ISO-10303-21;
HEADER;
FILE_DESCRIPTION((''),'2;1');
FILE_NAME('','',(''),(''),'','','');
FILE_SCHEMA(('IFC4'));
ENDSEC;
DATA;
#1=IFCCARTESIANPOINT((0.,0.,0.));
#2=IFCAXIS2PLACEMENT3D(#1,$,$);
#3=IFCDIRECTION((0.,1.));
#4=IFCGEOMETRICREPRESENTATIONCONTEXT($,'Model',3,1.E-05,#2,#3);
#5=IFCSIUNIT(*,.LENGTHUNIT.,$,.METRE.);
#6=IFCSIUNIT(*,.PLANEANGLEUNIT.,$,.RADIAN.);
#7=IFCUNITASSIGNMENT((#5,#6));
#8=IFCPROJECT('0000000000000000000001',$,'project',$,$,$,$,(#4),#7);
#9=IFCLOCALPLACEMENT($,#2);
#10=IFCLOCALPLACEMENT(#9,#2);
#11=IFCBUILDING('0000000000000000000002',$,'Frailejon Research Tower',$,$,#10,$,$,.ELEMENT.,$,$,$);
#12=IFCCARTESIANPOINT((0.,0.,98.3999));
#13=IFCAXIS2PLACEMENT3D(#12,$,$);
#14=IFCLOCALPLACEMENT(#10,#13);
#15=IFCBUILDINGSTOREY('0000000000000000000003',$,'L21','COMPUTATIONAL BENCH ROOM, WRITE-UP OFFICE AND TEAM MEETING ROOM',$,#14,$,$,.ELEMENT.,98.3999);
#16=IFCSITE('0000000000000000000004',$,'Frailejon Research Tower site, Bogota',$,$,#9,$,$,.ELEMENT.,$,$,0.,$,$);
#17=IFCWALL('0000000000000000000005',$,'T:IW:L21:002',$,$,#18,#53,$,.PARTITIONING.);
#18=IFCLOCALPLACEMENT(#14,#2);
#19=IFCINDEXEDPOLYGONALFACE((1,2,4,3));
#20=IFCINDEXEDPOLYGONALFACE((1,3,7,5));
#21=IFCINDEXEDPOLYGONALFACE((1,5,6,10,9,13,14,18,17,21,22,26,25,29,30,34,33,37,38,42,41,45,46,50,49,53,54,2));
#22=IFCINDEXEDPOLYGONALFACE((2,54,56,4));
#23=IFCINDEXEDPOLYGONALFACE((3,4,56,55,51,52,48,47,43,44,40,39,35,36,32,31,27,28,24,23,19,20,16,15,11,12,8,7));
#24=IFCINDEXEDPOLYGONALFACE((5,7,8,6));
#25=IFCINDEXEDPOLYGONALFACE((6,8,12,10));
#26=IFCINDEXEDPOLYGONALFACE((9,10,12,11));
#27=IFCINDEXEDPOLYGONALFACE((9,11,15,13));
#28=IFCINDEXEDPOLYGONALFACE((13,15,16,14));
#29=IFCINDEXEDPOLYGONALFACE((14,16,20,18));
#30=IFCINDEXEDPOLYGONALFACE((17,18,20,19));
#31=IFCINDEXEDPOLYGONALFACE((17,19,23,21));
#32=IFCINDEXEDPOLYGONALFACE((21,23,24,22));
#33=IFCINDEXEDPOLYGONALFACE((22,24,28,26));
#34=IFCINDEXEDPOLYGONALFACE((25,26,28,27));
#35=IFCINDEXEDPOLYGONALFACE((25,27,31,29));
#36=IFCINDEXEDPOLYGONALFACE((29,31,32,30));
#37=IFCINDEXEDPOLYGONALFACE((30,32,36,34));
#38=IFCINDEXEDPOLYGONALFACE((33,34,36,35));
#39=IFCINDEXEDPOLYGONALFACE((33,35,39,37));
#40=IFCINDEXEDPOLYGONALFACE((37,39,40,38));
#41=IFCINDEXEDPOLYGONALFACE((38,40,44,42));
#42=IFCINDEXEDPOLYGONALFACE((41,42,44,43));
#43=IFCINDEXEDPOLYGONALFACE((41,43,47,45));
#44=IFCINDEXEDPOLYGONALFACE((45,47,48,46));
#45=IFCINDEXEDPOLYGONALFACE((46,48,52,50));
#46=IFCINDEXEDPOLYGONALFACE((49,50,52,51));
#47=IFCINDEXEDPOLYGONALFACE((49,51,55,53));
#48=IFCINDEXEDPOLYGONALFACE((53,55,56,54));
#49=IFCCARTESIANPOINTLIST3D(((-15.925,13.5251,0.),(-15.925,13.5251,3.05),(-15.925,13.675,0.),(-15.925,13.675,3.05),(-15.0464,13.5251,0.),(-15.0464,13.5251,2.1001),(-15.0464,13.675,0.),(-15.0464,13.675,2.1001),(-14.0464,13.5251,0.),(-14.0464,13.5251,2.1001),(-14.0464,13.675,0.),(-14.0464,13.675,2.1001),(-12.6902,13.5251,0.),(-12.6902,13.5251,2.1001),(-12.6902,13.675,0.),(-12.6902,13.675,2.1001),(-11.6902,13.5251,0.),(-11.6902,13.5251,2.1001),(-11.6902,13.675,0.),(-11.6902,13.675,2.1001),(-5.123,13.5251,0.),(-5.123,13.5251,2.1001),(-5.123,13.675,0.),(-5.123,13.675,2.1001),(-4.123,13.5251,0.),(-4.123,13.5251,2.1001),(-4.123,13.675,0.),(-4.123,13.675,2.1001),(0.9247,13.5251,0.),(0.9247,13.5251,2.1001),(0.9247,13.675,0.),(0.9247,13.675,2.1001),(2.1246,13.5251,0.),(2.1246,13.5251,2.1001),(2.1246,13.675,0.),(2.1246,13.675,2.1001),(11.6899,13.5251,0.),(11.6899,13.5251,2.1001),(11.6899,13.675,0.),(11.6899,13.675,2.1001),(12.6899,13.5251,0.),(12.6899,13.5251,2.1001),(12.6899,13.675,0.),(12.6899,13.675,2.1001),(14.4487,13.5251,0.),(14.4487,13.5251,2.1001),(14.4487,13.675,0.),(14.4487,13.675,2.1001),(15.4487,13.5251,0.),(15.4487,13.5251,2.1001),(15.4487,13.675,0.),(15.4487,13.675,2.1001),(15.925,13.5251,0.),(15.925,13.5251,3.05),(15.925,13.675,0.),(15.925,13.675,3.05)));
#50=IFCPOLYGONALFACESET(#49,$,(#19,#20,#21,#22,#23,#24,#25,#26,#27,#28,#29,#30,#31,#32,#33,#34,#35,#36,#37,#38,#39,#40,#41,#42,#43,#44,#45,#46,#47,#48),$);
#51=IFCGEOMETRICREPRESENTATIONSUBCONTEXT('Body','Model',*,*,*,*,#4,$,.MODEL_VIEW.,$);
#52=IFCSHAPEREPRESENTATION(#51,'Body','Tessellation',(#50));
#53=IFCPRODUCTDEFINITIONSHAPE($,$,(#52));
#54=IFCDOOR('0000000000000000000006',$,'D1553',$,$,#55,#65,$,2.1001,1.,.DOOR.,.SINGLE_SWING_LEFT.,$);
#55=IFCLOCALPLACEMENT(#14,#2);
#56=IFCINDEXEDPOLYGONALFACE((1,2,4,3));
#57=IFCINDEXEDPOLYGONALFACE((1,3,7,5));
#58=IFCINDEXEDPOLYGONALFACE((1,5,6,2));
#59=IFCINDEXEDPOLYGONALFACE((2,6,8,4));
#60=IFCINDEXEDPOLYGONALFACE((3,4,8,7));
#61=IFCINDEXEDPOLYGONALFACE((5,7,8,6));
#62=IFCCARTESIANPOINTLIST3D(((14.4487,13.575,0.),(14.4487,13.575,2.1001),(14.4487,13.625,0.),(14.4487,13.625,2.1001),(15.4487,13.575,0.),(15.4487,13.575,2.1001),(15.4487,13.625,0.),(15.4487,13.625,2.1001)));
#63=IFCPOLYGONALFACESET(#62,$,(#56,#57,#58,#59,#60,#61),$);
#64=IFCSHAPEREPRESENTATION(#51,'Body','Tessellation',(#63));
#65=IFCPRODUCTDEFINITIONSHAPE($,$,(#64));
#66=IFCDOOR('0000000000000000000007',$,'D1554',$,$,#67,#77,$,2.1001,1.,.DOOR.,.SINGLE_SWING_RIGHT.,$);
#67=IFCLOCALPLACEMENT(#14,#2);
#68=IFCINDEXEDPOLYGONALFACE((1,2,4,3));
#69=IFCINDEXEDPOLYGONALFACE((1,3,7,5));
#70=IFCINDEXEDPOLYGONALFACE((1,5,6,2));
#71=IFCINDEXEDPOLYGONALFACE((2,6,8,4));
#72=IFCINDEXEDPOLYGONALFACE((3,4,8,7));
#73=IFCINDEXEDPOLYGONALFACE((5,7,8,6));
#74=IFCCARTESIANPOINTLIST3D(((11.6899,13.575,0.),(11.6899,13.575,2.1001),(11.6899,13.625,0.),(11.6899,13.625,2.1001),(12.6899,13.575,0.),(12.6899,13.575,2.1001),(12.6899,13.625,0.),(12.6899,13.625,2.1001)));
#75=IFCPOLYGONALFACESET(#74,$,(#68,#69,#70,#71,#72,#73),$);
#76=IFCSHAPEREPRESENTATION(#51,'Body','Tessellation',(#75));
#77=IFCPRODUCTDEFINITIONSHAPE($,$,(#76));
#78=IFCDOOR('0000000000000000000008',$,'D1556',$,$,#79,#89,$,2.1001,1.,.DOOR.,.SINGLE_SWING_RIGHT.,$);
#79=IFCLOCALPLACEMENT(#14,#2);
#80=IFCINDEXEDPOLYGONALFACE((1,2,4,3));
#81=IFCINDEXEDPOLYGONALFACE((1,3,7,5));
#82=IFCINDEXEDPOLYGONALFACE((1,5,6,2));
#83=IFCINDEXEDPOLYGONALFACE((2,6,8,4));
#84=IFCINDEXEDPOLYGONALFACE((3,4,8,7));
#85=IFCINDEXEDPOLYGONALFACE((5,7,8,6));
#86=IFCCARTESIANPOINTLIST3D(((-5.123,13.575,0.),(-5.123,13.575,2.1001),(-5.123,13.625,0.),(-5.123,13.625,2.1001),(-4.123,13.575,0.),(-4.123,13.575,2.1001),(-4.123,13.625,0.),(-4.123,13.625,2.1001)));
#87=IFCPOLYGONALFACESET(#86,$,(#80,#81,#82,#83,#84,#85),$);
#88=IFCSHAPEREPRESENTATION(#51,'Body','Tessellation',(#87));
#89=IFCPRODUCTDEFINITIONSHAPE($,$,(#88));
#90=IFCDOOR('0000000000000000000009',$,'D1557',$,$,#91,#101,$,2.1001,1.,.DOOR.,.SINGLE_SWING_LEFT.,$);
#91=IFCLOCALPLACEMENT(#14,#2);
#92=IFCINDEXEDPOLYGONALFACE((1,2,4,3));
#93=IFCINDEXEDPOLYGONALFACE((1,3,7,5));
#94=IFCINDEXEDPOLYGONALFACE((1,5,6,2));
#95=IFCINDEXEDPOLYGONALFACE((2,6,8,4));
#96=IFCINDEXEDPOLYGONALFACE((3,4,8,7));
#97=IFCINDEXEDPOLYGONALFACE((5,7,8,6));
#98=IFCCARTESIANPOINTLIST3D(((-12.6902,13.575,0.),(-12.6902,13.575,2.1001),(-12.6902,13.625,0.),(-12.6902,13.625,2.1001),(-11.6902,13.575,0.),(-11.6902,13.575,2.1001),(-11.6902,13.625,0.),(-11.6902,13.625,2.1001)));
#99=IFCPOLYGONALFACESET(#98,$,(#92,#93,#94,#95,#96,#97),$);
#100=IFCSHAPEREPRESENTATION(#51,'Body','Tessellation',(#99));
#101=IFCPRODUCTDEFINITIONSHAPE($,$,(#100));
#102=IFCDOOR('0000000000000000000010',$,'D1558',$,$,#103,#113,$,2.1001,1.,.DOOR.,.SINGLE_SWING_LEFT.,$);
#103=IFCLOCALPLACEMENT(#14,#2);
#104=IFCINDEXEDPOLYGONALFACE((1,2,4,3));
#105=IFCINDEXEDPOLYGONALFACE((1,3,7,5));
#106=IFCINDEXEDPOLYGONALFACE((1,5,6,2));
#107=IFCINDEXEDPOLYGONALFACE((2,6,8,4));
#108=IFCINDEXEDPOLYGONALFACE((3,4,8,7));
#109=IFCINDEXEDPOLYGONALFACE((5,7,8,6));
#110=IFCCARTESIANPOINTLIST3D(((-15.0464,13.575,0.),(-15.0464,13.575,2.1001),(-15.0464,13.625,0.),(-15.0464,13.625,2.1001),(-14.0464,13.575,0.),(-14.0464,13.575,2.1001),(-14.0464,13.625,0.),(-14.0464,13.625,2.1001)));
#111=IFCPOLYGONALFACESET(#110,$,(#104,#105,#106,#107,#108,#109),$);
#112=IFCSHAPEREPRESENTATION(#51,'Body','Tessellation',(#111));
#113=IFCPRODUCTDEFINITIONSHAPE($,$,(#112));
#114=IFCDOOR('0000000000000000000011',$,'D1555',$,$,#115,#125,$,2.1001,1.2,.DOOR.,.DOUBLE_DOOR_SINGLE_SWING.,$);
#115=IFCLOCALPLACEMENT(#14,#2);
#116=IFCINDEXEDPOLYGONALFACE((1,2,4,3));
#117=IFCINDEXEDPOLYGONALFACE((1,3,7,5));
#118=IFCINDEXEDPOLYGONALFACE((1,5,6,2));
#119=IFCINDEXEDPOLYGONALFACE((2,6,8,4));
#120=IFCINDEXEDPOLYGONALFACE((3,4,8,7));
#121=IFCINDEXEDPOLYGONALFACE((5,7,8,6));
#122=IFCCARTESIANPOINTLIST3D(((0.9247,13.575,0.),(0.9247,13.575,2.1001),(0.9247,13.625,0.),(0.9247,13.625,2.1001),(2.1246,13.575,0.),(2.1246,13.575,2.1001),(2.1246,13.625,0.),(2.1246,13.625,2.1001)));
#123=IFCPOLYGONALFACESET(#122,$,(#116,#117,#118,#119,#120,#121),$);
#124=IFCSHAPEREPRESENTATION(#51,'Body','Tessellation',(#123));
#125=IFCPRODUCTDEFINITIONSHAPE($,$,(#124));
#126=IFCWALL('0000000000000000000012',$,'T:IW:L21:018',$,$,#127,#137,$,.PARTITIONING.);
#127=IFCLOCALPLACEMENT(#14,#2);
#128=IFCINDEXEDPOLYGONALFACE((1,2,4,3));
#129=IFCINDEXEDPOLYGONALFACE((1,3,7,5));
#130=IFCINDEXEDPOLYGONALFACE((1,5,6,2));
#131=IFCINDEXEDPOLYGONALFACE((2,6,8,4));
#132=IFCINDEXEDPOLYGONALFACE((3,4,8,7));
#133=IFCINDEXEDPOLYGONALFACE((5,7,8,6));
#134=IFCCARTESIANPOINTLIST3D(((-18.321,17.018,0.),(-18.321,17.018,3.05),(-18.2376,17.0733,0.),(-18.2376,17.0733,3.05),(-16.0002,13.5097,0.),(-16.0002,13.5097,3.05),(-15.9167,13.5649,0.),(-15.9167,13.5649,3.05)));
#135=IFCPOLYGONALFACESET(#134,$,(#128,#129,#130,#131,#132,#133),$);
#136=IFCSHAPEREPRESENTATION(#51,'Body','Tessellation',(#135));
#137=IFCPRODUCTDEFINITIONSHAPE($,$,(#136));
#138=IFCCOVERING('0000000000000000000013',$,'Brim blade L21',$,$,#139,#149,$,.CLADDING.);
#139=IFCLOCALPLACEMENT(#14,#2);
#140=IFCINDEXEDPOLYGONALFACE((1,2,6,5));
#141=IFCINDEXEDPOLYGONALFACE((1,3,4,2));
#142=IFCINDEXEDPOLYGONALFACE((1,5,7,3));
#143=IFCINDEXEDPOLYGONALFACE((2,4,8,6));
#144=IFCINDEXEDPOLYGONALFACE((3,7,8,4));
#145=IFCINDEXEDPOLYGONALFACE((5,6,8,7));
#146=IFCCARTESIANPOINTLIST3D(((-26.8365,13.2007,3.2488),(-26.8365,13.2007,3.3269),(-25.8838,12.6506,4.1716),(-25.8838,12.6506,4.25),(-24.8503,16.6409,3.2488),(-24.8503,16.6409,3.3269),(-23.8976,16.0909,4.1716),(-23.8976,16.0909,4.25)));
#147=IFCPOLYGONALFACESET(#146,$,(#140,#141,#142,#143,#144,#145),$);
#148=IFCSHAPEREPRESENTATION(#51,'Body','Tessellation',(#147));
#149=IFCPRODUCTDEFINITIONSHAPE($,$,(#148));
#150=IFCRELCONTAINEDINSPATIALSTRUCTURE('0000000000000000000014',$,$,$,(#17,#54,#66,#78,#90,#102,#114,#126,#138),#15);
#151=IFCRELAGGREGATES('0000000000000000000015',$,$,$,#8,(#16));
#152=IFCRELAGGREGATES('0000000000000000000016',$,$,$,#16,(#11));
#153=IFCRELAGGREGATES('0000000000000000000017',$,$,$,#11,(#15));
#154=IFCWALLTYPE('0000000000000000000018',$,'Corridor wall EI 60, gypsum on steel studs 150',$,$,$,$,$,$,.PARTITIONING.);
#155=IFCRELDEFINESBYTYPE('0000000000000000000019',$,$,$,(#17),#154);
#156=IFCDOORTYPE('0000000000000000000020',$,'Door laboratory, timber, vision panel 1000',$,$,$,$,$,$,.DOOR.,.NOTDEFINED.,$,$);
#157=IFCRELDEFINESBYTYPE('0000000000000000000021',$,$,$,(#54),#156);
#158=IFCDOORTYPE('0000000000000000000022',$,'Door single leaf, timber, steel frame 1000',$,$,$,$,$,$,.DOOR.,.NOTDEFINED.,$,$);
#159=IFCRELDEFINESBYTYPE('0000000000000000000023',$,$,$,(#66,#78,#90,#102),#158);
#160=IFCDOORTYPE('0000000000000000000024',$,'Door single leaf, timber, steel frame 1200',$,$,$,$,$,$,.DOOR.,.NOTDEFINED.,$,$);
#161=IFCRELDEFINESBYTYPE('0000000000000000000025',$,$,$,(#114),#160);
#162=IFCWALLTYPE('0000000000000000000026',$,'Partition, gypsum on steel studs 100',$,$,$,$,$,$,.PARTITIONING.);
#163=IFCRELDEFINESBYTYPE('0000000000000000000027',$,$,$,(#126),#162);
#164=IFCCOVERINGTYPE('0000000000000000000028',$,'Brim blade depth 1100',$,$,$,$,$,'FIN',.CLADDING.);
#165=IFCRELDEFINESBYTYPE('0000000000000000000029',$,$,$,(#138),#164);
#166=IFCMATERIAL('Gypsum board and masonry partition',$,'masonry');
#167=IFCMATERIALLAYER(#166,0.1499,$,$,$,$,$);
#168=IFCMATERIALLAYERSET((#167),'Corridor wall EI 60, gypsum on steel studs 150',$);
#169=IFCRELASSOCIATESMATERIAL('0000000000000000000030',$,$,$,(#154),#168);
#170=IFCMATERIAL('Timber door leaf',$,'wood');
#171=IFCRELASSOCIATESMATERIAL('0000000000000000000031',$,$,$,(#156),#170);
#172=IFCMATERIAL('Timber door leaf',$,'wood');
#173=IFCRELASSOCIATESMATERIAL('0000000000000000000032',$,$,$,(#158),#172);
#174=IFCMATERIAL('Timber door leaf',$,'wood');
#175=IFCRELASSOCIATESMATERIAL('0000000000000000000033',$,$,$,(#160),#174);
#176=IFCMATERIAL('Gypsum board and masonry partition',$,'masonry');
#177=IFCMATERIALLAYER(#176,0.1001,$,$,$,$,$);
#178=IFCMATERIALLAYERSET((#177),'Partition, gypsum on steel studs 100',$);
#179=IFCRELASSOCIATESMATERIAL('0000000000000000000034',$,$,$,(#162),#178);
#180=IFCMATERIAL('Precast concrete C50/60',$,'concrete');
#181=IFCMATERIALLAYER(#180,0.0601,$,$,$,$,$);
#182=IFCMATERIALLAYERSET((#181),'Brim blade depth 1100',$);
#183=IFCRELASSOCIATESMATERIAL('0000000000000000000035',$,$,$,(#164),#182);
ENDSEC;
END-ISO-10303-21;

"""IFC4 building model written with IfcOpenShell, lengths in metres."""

from ifc_helpers import new_model, si_unit, direction, frame, frame_2d, origin, place, context, subcontext, project, spatial, polyline, rectangle, outline, extrude, material, layer, layer_set, type_object, element, fill, save


model = new_model("IFC4")

# Units and contexts
model_context = context("Model", 3, precision=1e-05, world=origin(), true_north=direction((0.0, 1.0)))
body_context = subcontext(model_context, "Body", "Model", "MODEL_VIEW")
ifc_project = project(units=[si_unit("LENGTHUNIT", "METRE"), si_unit("PLANEANGLEUNIT", "RADIAN")], contexts=[model_context])

# Site, building, storey
site_placement = place(None, origin())
site = spatial("IfcSite", under=ifc_project, at=site_placement, Name="Frailejon Research Tower site, Bogota", CompositionType="ELEMENT", RefElevation=0.0)
building_placement = place(site_placement, origin())
building = spatial("IfcBuilding", under=site, at=building_placement, Name="Frailejon Research Tower", CompositionType="ELEMENT")
storey_placement = place(building_placement, frame((0.0, 0.0, 98.3999)))
storey = spatial("IfcBuildingStorey", under=building, at=storey_placement, Name="L21", Description="COMPUTATIONAL BENCH ROOM, WRITE-UP OFFICE AND TEAM MEETING ROOM", CompositionType="ELEMENT", Elevation=98.3999)

# Wall, openings, doors
ifc_material_1 = material(Name="Gypsum board and masonry partition", Category="masonry")
ifc_layer_1 = layer(ifc_material_1, 0.1499)
ifc_layer_set_1 = layer_set([ifc_layer_1], Name="Corridor wall EI 60, gypsum on steel studs 150")
wall_type_1 = type_object("IfcWallType", Name="Corridor wall EI 60, gypsum on steel studs 150", PredefinedType="PARTITIONING", material=ifc_layer_set_1)
wall_1_placement = place(storey_placement, frame((-15.925, 13.6001, 0.0), z_axis=(0.0, 0.0, 1.0), x_axis=(1.0, 0.0, 0.0)))
wall_1 = element("IfcWall", 1, at=wall_1_placement, inside=storey, type_object=wall_type_1, Name="T:IW:L21:002", PredefinedType="PARTITIONING", context=body_context, shape_type="SweptSolid", body=[
    extrude(rectangle(XDim=31.8501, YDim=0.1499, at=frame_2d((15.925, 0.0))), origin(), (0.0, 0.0, 1.0), 3.05),
])
opening_1_placement = place(wall_1_placement, frame((30.3738, 0.0, 0.0)))
opening_1 = element("IfcOpeningElement", 2, at=opening_1_placement, cuts=wall_1, PredefinedType="OPENING", context=body_context, shape_type="SweptSolid", body=[
    extrude(rectangle(XDim=1.0, YDim=2.1001, at=frame_2d((0.5, 1.05))), frame((0.0, 0.085, 0.0), z_axis=(0.0, -1.0, 0.0), x_axis=(1.0, 0.0, 0.0)), (0.0, 0.0, 1.0), 0.1699),
])
opening_2_placement = place(wall_1_placement, frame((27.615, 0.0, 0.0)))
opening_2 = element("IfcOpeningElement", 3, at=opening_2_placement, cuts=wall_1, PredefinedType="OPENING", context=body_context, shape_type="SweptSolid", body=[
    extrude(rectangle(XDim=1.0, YDim=2.1001, at=frame_2d((0.5, 1.05))), frame((0.0, 0.085, 0.0), z_axis=(0.0, -1.0, 0.0), x_axis=(1.0, 0.0, 0.0)), (0.0, 0.0, 1.0), 0.1699),
])
opening_3_placement = place(wall_1_placement, frame((16.8496, 0.0, 0.0)))
opening_3 = element("IfcOpeningElement", 4, at=opening_3_placement, cuts=wall_1, PredefinedType="OPENING", context=body_context, shape_type="SweptSolid", body=[
    extrude(rectangle(XDim=1.2, YDim=2.1001, at=frame_2d((0.6001, 1.05))), frame((0.0, 0.085, 0.0), z_axis=(0.0, -1.0, 0.0), x_axis=(1.0, 0.0, 0.0)), (0.0, 0.0, 1.0), 0.1699),
])
opening_4_placement = place(wall_1_placement, frame((10.802, 0.0, 0.0)))
opening_4 = element("IfcOpeningElement", 5, at=opening_4_placement, cuts=wall_1, PredefinedType="OPENING", context=body_context, shape_type="SweptSolid", body=[
    extrude(rectangle(XDim=1.0, YDim=2.1001, at=frame_2d((0.5, 1.05))), frame((0.0, 0.085, 0.0), z_axis=(0.0, -1.0, 0.0), x_axis=(1.0, 0.0, 0.0)), (0.0, 0.0, 1.0), 0.1699),
])
opening_5_placement = place(wall_1_placement, frame((3.2349, 0.0, 0.0)))
opening_5 = element("IfcOpeningElement", 6, at=opening_5_placement, cuts=wall_1, PredefinedType="OPENING", context=body_context, shape_type="SweptSolid", body=[
    extrude(rectangle(XDim=1.0, YDim=2.1001, at=frame_2d((0.5, 1.05))), frame((0.0, 0.085, 0.0), z_axis=(0.0, -1.0, 0.0), x_axis=(1.0, 0.0, 0.0)), (0.0, 0.0, 1.0), 0.1699),
])
opening_6_placement = place(wall_1_placement, frame((0.8787, 0.0, 0.0)))
opening_6 = element("IfcOpeningElement", 7, at=opening_6_placement, cuts=wall_1, PredefinedType="OPENING", context=body_context, shape_type="SweptSolid", body=[
    extrude(rectangle(XDim=1.0, YDim=2.1001, at=frame_2d((0.5, 1.05))), frame((0.0, 0.085, 0.0), z_axis=(0.0, -1.0, 0.0), x_axis=(1.0, 0.0, 0.0)), (0.0, 0.0, 1.0), 0.1699),
])
ifc_material_2 = material(Name="Timber door leaf", Category="wood")
door_type_1 = type_object("IfcDoorType", Name="Door laboratory, timber, vision panel 1000", OperationType="NOTDEFINED", PredefinedType="DOOR", material=ifc_material_2)
door_1_placement = place(opening_1_placement, origin())
door_1 = element("IfcDoor", 8, at=door_1_placement, inside=storey, type_object=door_type_1, Name="D1553", OperationType="SINGLE_SWING_LEFT", OverallHeight=2.1001, OverallWidth=1.0, PredefinedType="DOOR", context=body_context, shape_type="SweptSolid", body=[
    extrude(rectangle(XDim=1.0, YDim=2.1001, at=frame_2d((0.5, 1.05))), frame((0.0, 0.0249, 0.0), z_axis=(0.0, -1.0, 0.0), x_axis=(1.0, 0.0, 0.0)), (0.0, 0.0, 1.0), 0.05),
])
fill(opening_1, door_1)
ifc_material_3 = material(Name="Timber door leaf", Category="wood")
door_type_2 = type_object("IfcDoorType", Name="Door single leaf, timber, steel frame 1000", OperationType="NOTDEFINED", PredefinedType="DOOR", material=ifc_material_3)
door_2_placement = place(opening_2_placement, origin())
door_2 = element("IfcDoor", 9, at=door_2_placement, inside=storey, type_object=door_type_2, Name="D1554", OperationType="SINGLE_SWING_RIGHT", OverallHeight=2.1001, OverallWidth=1.0, PredefinedType="DOOR", context=body_context, shape_type="SweptSolid", body=[
    extrude(rectangle(XDim=1.0, YDim=2.1001, at=frame_2d((0.5, 1.05))), frame((0.0, 0.0249, 0.0), z_axis=(0.0, -1.0, 0.0), x_axis=(1.0, 0.0, 0.0)), (0.0, 0.0, 1.0), 0.05),
])
fill(opening_2, door_2)
door_3_placement = place(opening_4_placement, origin())
door_3 = element("IfcDoor", 10, at=door_3_placement, inside=storey, type_object=door_type_2, Name="D1556", OperationType="SINGLE_SWING_RIGHT", OverallHeight=2.1001, OverallWidth=1.0, PredefinedType="DOOR", context=body_context, shape_type="SweptSolid", body=[
    extrude(rectangle(XDim=1.0, YDim=2.1001, at=frame_2d((0.5, 1.05))), frame((0.0, 0.0249, 0.0), z_axis=(0.0, -1.0, 0.0), x_axis=(1.0, 0.0, 0.0)), (0.0, 0.0, 1.0), 0.05),
])
fill(opening_4, door_3)
door_4_placement = place(opening_5_placement, origin())
door_4 = element("IfcDoor", 11, at=door_4_placement, inside=storey, type_object=door_type_2, Name="D1557", OperationType="SINGLE_SWING_LEFT", OverallHeight=2.1001, OverallWidth=1.0, PredefinedType="DOOR", context=body_context, shape_type="SweptSolid", body=[
    extrude(rectangle(XDim=1.0, YDim=2.1001, at=frame_2d((0.5, 1.05))), frame((0.0, 0.0249, 0.0), z_axis=(0.0, -1.0, 0.0), x_axis=(1.0, 0.0, 0.0)), (0.0, 0.0, 1.0), 0.05),
])
fill(opening_5, door_4)
door_5_placement = place(opening_6_placement, origin())
door_5 = element("IfcDoor", 12, at=door_5_placement, inside=storey, type_object=door_type_2, Name="D1558", OperationType="SINGLE_SWING_LEFT", OverallHeight=2.1001, OverallWidth=1.0, PredefinedType="DOOR", context=body_context, shape_type="SweptSolid", body=[
    extrude(rectangle(XDim=1.0, YDim=2.1001, at=frame_2d((0.5, 1.05))), frame((0.0, 0.0249, 0.0), z_axis=(0.0, -1.0, 0.0), x_axis=(1.0, 0.0, 0.0)), (0.0, 0.0, 1.0), 0.05),
])
fill(opening_6, door_5)
ifc_material_4 = material(Name="Timber door leaf", Category="wood")
door_type_3 = type_object("IfcDoorType", Name="Door single leaf, timber, steel frame 1200", OperationType="NOTDEFINED", PredefinedType="DOOR", material=ifc_material_4)
door_6_placement = place(opening_3_placement, origin())
door_6 = element("IfcDoor", 13, at=door_6_placement, inside=storey, type_object=door_type_3, Name="D1555", OperationType="DOUBLE_DOOR_SINGLE_SWING", OverallHeight=2.1001, OverallWidth=1.2, PredefinedType="DOOR", context=body_context, shape_type="SweptSolid", body=[
    extrude(rectangle(XDim=1.2, YDim=2.1001, at=frame_2d((0.6001, 1.05))), frame((0.0, 0.0249, 0.0), z_axis=(0.0, -1.0, 0.0), x_axis=(1.0, 0.0, 0.0)), (0.0, 0.0, 1.0), 0.05),
])
fill(opening_3, door_6)

# Wall
ifc_material_5 = material(Name="Gypsum board and masonry partition", Category="masonry")
ifc_layer_2 = layer(ifc_material_5, 0.1001)
ifc_layer_set_2 = layer_set([ifc_layer_2], Name="Partition, gypsum on steel studs 100")
wall_type_2 = type_object("IfcWallType", Name="Partition, gypsum on steel studs 100", PredefinedType="PARTITIONING", material=ifc_layer_set_2)
wall_2_placement = place(storey_placement, frame((-18.2793, 17.0457, 0.0), z_axis=(0.0, 0.0, 1.0), x_axis=(0.551723, -0.834027, 0.0)))
element("IfcWall", 14, at=wall_2_placement, inside=storey, type_object=wall_type_2, Name="T:IW:L21:018", PredefinedType="PARTITIONING", context=body_context, shape_type="SweptSolid", body=[
    extrude(rectangle(XDim=4.2065, YDim=0.1001, at=frame_2d((2.1033, 0.0))), origin(), (0.0, 0.0, 1.0), 3.05),
])

# Covering
ifc_material_6 = material(Name="Precast concrete C50/60", Category="concrete")
ifc_layer_3 = layer(ifc_material_6, 0.0601)
ifc_layer_set_3 = layer_set([ifc_layer_3], Name="Brim blade depth 1100")
covering_type_1 = type_object("IfcCoveringType", Name="Brim blade depth 1100", ElementType="FIN", PredefinedType="CLADDING", material=ifc_layer_set_3)
covering_1_placement = place(storey_placement, frame((-25.8838, 12.6506, 4.25), z_axis=(0.499992, 0.86603, 0.0), x_axis=(-0.86603, 0.499992, 0.0)))
element("IfcCovering", 15, at=covering_1_placement, inside=storey, type_object=covering_type_1, Name="Brim blade L21", PredefinedType="CLADDING", context=body_context, shape_type="SweptSolid", body=[
    extrude(outline(polyline([(0.0, -0.0784), (1.1001, -1.0012), (1.1001, -0.9231), (0.0, 0.0), (0.0, -0.0784)])), origin(), (0.0, 0.0, 1.0), 3.9724),
])

save(model, "model.ifc")
